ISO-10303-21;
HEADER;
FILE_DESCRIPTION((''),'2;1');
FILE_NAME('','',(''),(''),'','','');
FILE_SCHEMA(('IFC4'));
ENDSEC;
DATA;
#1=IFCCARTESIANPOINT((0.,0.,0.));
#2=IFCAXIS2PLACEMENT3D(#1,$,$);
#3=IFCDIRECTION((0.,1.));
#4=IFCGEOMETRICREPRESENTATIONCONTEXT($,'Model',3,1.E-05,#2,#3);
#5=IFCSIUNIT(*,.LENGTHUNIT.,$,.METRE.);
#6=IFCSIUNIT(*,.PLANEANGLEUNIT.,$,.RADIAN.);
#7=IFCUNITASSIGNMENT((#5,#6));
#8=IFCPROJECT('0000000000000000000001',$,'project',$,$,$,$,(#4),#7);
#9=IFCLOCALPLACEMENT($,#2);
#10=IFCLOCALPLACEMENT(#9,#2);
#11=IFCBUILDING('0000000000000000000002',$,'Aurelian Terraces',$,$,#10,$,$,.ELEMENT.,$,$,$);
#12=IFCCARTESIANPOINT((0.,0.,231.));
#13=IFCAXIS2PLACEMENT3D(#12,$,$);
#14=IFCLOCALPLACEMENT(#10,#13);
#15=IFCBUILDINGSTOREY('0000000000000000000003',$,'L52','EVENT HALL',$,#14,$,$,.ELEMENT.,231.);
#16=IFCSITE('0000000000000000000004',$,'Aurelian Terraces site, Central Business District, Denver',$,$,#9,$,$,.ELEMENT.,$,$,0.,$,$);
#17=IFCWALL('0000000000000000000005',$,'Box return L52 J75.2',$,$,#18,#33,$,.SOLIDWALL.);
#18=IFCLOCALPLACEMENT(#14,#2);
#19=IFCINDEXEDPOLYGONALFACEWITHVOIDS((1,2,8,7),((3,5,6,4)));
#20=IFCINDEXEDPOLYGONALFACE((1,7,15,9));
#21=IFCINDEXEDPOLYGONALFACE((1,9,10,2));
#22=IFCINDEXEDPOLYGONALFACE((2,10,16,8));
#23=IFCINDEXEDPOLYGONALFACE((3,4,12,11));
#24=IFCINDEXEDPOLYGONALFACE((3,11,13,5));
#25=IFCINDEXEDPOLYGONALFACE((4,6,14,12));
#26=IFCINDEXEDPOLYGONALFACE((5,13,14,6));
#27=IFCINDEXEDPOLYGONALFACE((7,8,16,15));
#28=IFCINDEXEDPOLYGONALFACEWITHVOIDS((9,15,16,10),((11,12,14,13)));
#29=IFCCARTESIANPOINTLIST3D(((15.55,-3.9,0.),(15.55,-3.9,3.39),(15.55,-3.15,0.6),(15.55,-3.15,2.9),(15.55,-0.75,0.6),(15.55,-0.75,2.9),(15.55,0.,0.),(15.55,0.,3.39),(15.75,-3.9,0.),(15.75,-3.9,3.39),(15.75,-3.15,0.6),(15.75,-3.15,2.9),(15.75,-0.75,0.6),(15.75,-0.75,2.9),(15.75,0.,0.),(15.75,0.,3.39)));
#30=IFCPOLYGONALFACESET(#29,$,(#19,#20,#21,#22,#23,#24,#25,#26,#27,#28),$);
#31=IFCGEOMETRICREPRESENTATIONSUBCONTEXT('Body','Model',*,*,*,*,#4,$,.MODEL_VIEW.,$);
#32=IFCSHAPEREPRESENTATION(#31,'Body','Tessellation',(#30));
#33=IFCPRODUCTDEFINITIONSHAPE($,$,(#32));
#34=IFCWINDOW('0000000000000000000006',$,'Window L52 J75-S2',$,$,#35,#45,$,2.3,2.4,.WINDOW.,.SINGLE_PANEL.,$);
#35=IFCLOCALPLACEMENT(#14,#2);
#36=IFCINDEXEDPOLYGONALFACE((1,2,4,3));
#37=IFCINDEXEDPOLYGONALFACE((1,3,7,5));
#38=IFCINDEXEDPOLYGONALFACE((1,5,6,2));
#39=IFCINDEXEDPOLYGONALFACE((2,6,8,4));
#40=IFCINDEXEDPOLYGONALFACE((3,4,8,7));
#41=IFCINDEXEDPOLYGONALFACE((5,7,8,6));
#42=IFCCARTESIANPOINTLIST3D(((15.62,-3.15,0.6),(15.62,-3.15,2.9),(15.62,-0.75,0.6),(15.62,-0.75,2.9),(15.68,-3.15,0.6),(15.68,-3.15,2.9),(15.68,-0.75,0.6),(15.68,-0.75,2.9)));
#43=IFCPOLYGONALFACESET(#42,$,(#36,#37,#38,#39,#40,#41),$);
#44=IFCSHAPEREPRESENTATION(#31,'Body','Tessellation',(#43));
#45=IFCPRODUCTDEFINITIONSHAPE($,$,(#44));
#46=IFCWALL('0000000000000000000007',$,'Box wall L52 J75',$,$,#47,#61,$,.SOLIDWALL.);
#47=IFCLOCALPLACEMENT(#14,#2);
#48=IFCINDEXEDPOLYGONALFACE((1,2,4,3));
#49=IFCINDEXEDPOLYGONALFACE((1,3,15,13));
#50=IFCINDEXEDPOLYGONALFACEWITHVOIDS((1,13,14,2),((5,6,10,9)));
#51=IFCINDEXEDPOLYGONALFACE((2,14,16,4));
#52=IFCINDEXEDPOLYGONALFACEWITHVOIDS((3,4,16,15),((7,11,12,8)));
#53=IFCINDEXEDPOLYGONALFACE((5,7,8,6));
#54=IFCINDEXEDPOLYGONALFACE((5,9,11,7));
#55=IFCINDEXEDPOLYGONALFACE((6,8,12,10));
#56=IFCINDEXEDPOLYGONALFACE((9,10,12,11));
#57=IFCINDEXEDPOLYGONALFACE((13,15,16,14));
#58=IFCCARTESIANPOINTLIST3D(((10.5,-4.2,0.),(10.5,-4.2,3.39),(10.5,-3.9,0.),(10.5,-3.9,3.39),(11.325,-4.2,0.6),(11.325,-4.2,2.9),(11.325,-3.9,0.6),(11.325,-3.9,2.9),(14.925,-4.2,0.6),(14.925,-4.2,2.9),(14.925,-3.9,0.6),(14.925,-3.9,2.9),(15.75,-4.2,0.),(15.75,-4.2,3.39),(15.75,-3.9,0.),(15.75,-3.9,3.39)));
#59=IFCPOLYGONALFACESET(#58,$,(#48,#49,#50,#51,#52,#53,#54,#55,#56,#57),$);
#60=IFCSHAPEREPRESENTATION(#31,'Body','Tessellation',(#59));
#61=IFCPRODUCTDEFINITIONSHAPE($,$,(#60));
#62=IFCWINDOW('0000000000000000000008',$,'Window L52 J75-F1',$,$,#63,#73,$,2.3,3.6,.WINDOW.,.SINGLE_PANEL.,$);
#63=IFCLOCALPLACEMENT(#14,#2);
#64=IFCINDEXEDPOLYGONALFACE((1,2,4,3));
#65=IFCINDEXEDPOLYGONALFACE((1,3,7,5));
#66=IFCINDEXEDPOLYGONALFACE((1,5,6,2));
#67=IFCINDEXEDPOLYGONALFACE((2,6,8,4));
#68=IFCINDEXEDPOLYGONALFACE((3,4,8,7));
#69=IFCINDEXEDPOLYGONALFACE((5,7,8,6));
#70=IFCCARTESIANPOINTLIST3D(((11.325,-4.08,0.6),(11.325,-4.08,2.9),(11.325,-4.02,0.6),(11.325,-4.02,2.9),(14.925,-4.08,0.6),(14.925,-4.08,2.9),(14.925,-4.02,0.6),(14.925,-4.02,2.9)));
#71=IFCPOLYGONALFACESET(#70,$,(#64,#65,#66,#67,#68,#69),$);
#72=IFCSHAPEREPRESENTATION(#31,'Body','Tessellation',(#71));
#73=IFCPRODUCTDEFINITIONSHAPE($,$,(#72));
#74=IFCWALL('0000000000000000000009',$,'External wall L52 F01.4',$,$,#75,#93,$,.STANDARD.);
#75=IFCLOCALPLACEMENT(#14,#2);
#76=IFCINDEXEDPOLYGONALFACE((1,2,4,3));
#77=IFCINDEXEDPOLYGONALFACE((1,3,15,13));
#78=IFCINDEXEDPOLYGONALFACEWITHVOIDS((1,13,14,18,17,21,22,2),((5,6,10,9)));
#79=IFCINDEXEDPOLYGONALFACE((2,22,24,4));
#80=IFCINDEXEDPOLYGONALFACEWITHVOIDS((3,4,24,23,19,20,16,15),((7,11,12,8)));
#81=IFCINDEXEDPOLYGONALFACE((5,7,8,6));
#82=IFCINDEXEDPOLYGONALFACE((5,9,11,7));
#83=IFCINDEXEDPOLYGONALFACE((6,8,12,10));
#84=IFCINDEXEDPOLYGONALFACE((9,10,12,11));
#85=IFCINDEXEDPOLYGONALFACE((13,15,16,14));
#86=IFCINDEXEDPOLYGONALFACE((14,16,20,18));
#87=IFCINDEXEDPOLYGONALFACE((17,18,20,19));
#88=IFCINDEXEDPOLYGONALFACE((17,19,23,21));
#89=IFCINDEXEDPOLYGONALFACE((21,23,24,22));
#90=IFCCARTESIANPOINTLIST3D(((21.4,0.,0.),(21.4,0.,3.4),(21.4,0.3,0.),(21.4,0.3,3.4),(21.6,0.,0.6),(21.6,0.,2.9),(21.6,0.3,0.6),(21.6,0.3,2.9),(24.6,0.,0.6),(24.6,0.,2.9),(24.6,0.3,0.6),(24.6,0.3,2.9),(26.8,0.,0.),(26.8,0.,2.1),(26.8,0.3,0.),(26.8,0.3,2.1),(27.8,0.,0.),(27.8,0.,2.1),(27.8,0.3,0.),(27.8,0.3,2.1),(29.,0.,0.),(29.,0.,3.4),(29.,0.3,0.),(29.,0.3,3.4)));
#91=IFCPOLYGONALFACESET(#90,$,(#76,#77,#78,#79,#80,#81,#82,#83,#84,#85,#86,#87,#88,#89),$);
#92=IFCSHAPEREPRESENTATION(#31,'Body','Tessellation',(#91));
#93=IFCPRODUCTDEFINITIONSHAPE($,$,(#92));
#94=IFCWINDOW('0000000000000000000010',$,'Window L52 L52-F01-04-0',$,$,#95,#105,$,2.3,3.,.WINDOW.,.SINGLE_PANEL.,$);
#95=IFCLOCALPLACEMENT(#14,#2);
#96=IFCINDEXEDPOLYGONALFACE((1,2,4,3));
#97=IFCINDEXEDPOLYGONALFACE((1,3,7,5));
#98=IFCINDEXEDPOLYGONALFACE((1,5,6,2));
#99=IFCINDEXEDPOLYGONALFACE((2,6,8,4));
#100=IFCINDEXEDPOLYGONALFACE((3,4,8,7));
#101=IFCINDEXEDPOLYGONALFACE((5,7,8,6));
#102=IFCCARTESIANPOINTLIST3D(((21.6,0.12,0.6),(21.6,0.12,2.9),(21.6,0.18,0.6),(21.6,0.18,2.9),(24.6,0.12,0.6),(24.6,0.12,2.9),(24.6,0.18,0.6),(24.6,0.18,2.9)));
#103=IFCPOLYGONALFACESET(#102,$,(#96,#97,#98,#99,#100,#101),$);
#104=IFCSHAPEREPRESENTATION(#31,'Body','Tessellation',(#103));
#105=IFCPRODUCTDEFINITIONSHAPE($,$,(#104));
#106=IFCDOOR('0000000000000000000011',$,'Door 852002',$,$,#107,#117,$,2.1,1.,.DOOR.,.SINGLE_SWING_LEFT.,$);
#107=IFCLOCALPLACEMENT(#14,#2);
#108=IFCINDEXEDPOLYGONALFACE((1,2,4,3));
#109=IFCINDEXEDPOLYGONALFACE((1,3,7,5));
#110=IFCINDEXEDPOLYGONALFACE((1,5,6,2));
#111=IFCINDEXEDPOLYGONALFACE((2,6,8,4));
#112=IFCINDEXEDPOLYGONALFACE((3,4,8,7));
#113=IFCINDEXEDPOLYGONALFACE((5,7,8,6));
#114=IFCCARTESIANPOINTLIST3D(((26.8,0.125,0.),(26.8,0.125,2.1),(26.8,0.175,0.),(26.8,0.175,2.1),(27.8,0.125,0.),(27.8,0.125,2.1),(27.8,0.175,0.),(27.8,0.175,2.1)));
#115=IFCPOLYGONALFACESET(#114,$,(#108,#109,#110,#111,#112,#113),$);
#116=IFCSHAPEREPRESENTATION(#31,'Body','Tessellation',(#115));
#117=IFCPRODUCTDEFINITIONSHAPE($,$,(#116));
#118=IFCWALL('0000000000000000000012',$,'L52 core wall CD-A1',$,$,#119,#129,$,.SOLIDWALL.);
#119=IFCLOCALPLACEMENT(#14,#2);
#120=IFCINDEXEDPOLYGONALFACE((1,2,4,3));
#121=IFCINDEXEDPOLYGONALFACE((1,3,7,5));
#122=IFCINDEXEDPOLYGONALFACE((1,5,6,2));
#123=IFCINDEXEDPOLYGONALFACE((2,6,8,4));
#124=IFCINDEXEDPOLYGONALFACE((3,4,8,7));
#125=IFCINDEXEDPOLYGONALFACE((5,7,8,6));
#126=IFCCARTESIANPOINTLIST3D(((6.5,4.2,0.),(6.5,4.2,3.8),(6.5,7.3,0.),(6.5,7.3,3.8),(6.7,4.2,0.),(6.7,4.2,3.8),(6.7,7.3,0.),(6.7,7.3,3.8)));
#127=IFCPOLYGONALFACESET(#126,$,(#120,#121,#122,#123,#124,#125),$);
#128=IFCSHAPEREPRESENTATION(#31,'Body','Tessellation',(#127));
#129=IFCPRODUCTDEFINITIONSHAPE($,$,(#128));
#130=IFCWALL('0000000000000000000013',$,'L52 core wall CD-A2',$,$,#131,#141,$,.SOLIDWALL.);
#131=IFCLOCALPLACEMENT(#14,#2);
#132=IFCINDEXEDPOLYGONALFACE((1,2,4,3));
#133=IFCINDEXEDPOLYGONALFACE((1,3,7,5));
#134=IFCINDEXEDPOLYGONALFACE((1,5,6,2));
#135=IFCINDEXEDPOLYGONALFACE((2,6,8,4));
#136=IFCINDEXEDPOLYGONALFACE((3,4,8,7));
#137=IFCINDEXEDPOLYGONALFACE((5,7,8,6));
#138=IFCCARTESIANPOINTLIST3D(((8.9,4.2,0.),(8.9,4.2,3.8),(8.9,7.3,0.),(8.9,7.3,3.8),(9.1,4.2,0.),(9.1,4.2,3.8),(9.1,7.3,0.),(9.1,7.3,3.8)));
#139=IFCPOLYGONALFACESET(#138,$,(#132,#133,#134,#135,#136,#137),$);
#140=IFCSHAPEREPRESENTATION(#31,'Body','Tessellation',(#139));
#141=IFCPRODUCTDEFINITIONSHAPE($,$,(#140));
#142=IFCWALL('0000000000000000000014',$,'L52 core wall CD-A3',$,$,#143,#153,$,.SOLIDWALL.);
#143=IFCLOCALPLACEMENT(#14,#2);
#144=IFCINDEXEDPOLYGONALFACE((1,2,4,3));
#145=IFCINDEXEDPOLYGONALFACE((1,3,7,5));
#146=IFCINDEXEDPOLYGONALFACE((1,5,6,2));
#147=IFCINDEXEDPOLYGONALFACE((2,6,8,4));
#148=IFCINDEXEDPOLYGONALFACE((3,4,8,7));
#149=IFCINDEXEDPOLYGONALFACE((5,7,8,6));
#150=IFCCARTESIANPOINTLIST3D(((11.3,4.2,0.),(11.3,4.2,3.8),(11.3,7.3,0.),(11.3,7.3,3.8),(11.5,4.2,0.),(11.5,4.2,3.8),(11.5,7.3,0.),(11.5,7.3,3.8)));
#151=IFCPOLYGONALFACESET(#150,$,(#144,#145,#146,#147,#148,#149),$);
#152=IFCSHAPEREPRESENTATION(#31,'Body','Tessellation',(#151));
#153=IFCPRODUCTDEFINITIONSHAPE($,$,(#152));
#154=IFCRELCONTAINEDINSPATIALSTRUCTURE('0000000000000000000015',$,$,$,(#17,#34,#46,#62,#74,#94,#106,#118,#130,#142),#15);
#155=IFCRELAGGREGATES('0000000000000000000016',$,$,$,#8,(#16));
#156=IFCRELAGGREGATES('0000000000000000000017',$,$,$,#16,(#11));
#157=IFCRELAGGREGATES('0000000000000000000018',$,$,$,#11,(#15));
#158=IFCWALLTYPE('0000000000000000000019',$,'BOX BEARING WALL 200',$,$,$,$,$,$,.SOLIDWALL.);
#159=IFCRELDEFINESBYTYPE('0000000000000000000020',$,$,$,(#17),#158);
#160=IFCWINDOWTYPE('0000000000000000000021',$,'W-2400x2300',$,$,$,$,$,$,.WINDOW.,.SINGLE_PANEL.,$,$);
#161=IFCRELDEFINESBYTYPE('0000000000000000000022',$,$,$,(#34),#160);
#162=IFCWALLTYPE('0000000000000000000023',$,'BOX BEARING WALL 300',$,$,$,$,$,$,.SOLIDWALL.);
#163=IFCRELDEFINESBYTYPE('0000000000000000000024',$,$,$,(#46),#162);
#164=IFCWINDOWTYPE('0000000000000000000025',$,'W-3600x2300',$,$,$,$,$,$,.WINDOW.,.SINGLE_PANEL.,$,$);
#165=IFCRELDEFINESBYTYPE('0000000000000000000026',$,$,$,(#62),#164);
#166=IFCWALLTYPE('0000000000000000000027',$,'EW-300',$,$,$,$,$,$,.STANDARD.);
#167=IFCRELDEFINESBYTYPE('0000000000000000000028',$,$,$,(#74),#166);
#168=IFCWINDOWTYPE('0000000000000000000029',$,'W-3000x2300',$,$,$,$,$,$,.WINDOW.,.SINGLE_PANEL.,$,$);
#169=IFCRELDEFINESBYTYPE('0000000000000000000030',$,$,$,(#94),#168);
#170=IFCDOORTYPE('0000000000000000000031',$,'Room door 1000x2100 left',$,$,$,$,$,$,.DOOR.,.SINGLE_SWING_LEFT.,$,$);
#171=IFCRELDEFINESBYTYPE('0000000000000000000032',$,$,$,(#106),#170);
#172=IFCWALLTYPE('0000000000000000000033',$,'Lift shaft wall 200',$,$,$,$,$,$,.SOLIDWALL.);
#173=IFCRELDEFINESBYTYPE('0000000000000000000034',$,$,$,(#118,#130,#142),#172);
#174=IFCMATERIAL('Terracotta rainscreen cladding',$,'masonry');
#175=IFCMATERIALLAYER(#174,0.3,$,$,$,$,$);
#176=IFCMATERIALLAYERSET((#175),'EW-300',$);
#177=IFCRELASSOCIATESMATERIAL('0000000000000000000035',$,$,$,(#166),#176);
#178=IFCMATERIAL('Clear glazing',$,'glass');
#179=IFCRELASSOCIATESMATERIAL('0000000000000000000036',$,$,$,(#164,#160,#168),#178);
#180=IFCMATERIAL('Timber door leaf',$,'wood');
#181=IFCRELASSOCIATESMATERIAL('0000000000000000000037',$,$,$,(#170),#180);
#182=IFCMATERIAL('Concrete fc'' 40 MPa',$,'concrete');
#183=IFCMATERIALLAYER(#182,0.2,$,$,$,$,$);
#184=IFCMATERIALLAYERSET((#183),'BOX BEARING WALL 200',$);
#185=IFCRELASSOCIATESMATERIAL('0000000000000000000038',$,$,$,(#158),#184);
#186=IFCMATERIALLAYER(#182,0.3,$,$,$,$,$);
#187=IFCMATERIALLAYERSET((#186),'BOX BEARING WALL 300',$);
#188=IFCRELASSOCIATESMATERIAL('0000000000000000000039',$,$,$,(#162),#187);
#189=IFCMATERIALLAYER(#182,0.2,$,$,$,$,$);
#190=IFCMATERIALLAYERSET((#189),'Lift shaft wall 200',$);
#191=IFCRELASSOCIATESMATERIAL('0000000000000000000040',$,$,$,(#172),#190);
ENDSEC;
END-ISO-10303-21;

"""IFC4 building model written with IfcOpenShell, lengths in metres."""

from ifc_helpers import new_model, si_unit, direction, frame, frame_2d, origin, place, context, subcontext, project, spatial, rectangle, extrude, source, transform, mapped, material, layer, layer_set, type_object, element, fill, save


model = new_model("IFC4")

# Units and contexts
model_context = context("Model", 3, precision=1e-05, world=origin(), true_north=direction((0.0, 1.0)))
body_context = subcontext(model_context, "Body", "Model", "MODEL_VIEW")
ifc_project = project(units=[si_unit("LENGTHUNIT", "METRE"), si_unit("PLANEANGLEUNIT", "RADIAN")], contexts=[model_context])

# Site, building, storey
site_placement = place(None, origin())
site = spatial("IfcSite", under=ifc_project, at=site_placement, Name="Aurelian Terraces site, Central Business District, Denver", CompositionType="ELEMENT", RefElevation=0.0)
building_placement = place(site_placement, origin())
building = spatial("IfcBuilding", under=site, at=building_placement, Name="Aurelian Terraces", CompositionType="ELEMENT")
storey_placement = place(building_placement, frame((0.0, 0.0, 231.0)))
storey = spatial("IfcBuildingStorey", under=building, at=storey_placement, Name="L52", Description="EVENT HALL", CompositionType="ELEMENT", Elevation=231.0)

# Shared definitions
ifc_material_1 = material(Name="Terracotta rainscreen cladding", Category="masonry")
ifc_layer_1 = layer(ifc_material_1, 0.3)
ifc_layer_set_1 = layer_set([ifc_layer_1], Name="EW-300")
wall_type_1 = type_object("IfcWallType", Name="EW-300", PredefinedType="STANDARD", material=ifc_layer_set_1)
ifc_material_2 = material(Name="Clear glazing", Category="glass")

# Shared definitions
shared_shape_1 = source(origin(), body_context, "Body", "SweptSolid", [
    extrude(rectangle(XDim=3.6, YDim=2.3, at=frame_2d((1.8, 1.15))), frame((0.0, 0.16, 0.0), z_axis=(0.0, -1.0, 0.0), x_axis=(1.0, 0.0, 0.0)), (0.0, 0.0, 1.0), 0.32),
])
shared_shape_2 = source(origin(), body_context, "Body", "SweptSolid", [
    extrude(rectangle(XDim=1.0, YDim=2.1, at=frame_2d((0.5, 1.05))), frame((0.0, 0.16, 0.0), z_axis=(0.0, -1.0, 0.0), x_axis=(1.0, 0.0, 0.0)), (0.0, 0.0, 1.0), 0.32),
])
window_type_1 = type_object("IfcWindowType", Name="W-3600x2300", PartitioningType="SINGLE_PANEL", PredefinedType="WINDOW", material=ifc_material_2)
shared_shape_3 = source(origin(), body_context, "Body", "SweptSolid", [
    extrude(rectangle(XDim=3.6, YDim=2.3, at=frame_2d((1.8, 1.15))), frame((0.0, 0.03, 0.0), z_axis=(0.0, -1.0, 0.0), x_axis=(1.0, 0.0, 0.0)), (0.0, 0.0, 1.0), 0.06),
])
ifc_material_3 = material(Name="Timber door leaf", Category="wood")
door_type_1 = type_object("IfcDoorType", Name="Room door 1000x2100 left", OperationType="SINGLE_SWING_LEFT", PredefinedType="DOOR", material=ifc_material_3)
shared_shape_4 = source(origin(), body_context, "Body", "SweptSolid", [
    extrude(rectangle(XDim=1.0, YDim=2.1, at=frame_2d((0.5, 1.05))), frame((0.0, 0.025, 0.0), z_axis=(0.0, -1.0, 0.0), x_axis=(1.0, 0.0, 0.0)), (0.0, 0.0, 1.0), 0.05),
])

# Walls, openings, windows
ifc_material_4 = material(Name="Concrete fc' 40 MPa", Category="concrete")
ifc_layer_2 = layer(ifc_material_4, 0.2)
ifc_layer_set_2 = layer_set([ifc_layer_2], Name="BOX BEARING WALL 200")
wall_type_2 = type_object("IfcWallType", Name="BOX BEARING WALL 200", PredefinedType="SOLIDWALL", material=ifc_layer_set_2)
shared_shape_5 = source(origin(), body_context, "Body", "SweptSolid", [
    extrude(rectangle(XDim=3.9, YDim=0.2, at=frame_2d((1.95, 0.0))), origin(), (0.0, 0.0, 1.0), 3.39),
])
shared_shape_6 = source(origin(), body_context, "Body", "SweptSolid", [
    extrude(rectangle(XDim=2.4, YDim=2.3, at=frame_2d((1.2, 1.15))), frame((0.0, 0.11, 0.0), z_axis=(0.0, -1.0, 0.0), x_axis=(1.0, 0.0, 0.0)), (0.0, 0.0, 1.0), 0.22),
])
window_type_2 = type_object("IfcWindowType", Name="W-2400x2300", PartitioningType="SINGLE_PANEL", PredefinedType="WINDOW", material=ifc_material_2)
shared_shape_7 = source(origin(), body_context, "Body", "SweptSolid", [
    extrude(rectangle(XDim=2.4, YDim=2.3, at=frame_2d((1.2, 1.15))), frame((0.0, 0.03, 0.0), z_axis=(0.0, -1.0, 0.0), x_axis=(1.0, 0.0, 0.0)), (0.0, 0.0, 1.0), 0.06),
])
wall_1_placement = place(storey_placement, frame((15.65, 0.0, 0.0), z_axis=(0.0, 0.0, 1.0), x_axis=(0.0, -1.0, 0.0)))
wall_1 = element("IfcWall", 1, at=wall_1_placement, inside=storey, type_object=wall_type_2, Name="Box return L52 J75.2", PredefinedType="SOLIDWALL", context=body_context, shape_type="MappedRepresentation", body=[
    mapped(shared_shape_5, transform((0.0, 0.0, 0.0), scale=1.0)),
])
opening_1_placement = place(wall_1_placement, frame((0.75, 0.0, 0.6)))
opening_1 = element("IfcOpeningElement", 2, at=opening_1_placement, cuts=wall_1, PredefinedType="OPENING", context=body_context, shape_type="MappedRepresentation", body=[
    mapped(shared_shape_6, transform((0.0, 0.0, 0.0), scale=1.0)),
])
window_1_placement = place(opening_1_placement, origin())
window_1 = element("IfcWindow", 3, at=window_1_placement, inside=storey, type_object=window_type_2, Name="Window L52 J75-S2", OverallHeight=2.3, OverallWidth=2.4, PartitioningType="SINGLE_PANEL", PredefinedType="WINDOW", context=body_context, shape_type="MappedRepresentation", body=[
    mapped(shared_shape_7, transform((0.0, 0.0, 0.0), scale=1.0)),
])
fill(opening_1, window_1)
ifc_layer_3 = layer(ifc_material_4, 0.3)
ifc_layer_set_3 = layer_set([ifc_layer_3], Name="BOX BEARING WALL 300")
wall_type_3 = type_object("IfcWallType", Name="BOX BEARING WALL 300", PredefinedType="SOLIDWALL", material=ifc_layer_set_3)
shared_shape_8 = source(origin(), body_context, "Body", "SweptSolid", [
    extrude(rectangle(XDim=5.25, YDim=0.3, at=frame_2d((2.625, 0.0))), origin(), (0.0, 0.0, 1.0), 3.39),
])
wall_2_placement = place(storey_placement, frame((10.5, -4.05, 0.0), z_axis=(0.0, 0.0, 1.0), x_axis=(1.0, 0.0, 0.0)))
wall_2 = element("IfcWall", 4, at=wall_2_placement, inside=storey, type_object=wall_type_3, Name="Box wall L52 J75", PredefinedType="SOLIDWALL", context=body_context, shape_type="MappedRepresentation", body=[
    mapped(shared_shape_8, transform((0.0, 0.0, 0.0), scale=1.0)),
])
opening_2_placement = place(wall_2_placement, frame((0.825, 0.0, 0.6)))
opening_2 = element("IfcOpeningElement", 5, at=opening_2_placement, cuts=wall_2, PredefinedType="OPENING", context=body_context, shape_type="MappedRepresentation", body=[
    mapped(shared_shape_1, transform((0.0, 0.0, 0.0), scale=1.0)),
])
window_2_placement = place(opening_2_placement, origin())
window_2 = element("IfcWindow", 6, at=window_2_placement, inside=storey, type_object=window_type_1, Name="Window L52 J75-F1", OverallHeight=2.3, OverallWidth=3.6, PartitioningType="SINGLE_PANEL", PredefinedType="WINDOW", context=body_context, shape_type="MappedRepresentation", body=[
    mapped(shared_shape_3, transform((0.0, 0.0, 0.0), scale=1.0)),
])
fill(opening_2, window_2)

# Wall, openings, window, door
shared_shape_9 = source(origin(), body_context, "Body", "SweptSolid", [
    extrude(rectangle(XDim=7.6, YDim=0.3, at=frame_2d((3.8, 0.0))), origin(), (0.0, 0.0, 1.0), 3.4),
])
wall_3_placement = place(storey_placement, frame((21.4, 0.15, 0.0), z_axis=(0.0, 0.0, 1.0), x_axis=(1.0, 0.0, 0.0)))
wall_3 = element("IfcWall", 7, at=wall_3_placement, inside=storey, type_object=wall_type_1, Name="External wall L52 F01.4", PredefinedType="STANDARD", context=body_context, shape_type="MappedRepresentation", body=[
    mapped(shared_shape_9, transform((0.0, 0.0, 0.0), scale=1.0)),
])
shared_shape_10 = source(origin(), body_context, "Body", "SweptSolid", [
    extrude(rectangle(XDim=3.0, YDim=2.3, at=frame_2d((1.5, 1.15))), frame((0.0, 0.16, 0.0), z_axis=(0.0, -1.0, 0.0), x_axis=(1.0, 0.0, 0.0)), (0.0, 0.0, 1.0), 0.32),
])
opening_3_placement = place(wall_3_placement, frame((0.2, 0.0, 0.6)))
opening_3 = element("IfcOpeningElement", 8, at=opening_3_placement, cuts=wall_3, PredefinedType="OPENING", context=body_context, shape_type="MappedRepresentation", body=[
    mapped(shared_shape_10, transform((0.0, 0.0, 0.0), scale=1.0)),
])
opening_4_placement = place(wall_3_placement, frame((5.4, 0.0, 0.0)))
opening_4 = element("IfcOpeningElement", 9, at=opening_4_placement, cuts=wall_3, PredefinedType="OPENING", context=body_context, shape_type="MappedRepresentation", body=[
    mapped(shared_shape_2, transform((0.0, 0.0, 0.0), scale=1.0)),
])
window_type_3 = type_object("IfcWindowType", Name="W-3000x2300", PartitioningType="SINGLE_PANEL", PredefinedType="WINDOW", material=ifc_material_2)
shared_shape_11 = source(origin(), body_context, "Body", "SweptSolid", [
    extrude(rectangle(XDim=3.0, YDim=2.3, at=frame_2d((1.5, 1.15))), frame((0.0, 0.03, 0.0), z_axis=(0.0, -1.0, 0.0), x_axis=(1.0, 0.0, 0.0)), (0.0, 0.0, 1.0), 0.06),
])
window_3_placement = place(opening_3_placement, origin())
window_3 = element("IfcWindow", 10, at=window_3_placement, inside=storey, type_object=window_type_3, Name="Window L52 L52-F01-04-0", OverallHeight=2.3, OverallWidth=3.0, PartitioningType="SINGLE_PANEL", PredefinedType="WINDOW", context=body_context, shape_type="MappedRepresentation", body=[
    mapped(shared_shape_11, transform((0.0, 0.0, 0.0), scale=1.0)),
])
fill(opening_3, window_3)
door_1_placement = place(opening_4_placement, origin())
door_1 = element("IfcDoor", 11, at=door_1_placement, inside=storey, type_object=door_type_1, Name="Door 852002", OperationType="SINGLE_SWING_LEFT", OverallHeight=2.1, OverallWidth=1.0, PredefinedType="DOOR", context=body_context, shape_type="MappedRepresentation", body=[
    mapped(shared_shape_4, transform((0.0, 0.0, 0.0), scale=1.0)),
])
fill(opening_4, door_1)

# Walls
ifc_layer_4 = layer(ifc_material_4, 0.2)
ifc_layer_set_4 = layer_set([ifc_layer_4], Name="Lift shaft wall 200")
wall_type_4 = type_object("IfcWallType", Name="Lift shaft wall 200", PredefinedType="SOLIDWALL", material=ifc_layer_set_4)
shared_shape_12 = source(origin(), body_context, "Body", "SweptSolid", [
    extrude(rectangle(XDim=3.1, YDim=0.2, at=frame_2d((1.55, 0.0))), origin(), (0.0, 0.0, 1.0), 3.8),
])
for number, where, z_axis, x_axis, name in (
    (12, (6.6, 4.2, 0.0), (0.0, 0.0, 1.0), (0.0, 1.0, 0.0), "L52 core wall CD-A1"),
    (13, (9.0, 4.2, 0.0), (0.0, 0.0, 1.0), (0.0, 1.0, 0.0), "L52 core wall CD-A2"),
    (14, (11.4, 4.2, 0.0), (0.0, 0.0, 1.0), (0.0, 1.0, 0.0), "L52 core wall CD-A3"),
):
    element("IfcWall", number, at=place(storey_placement, frame(where, z_axis=z_axis, x_axis=x_axis)), inside=storey, type_object=wall_type_4, Name=name, PredefinedType="SOLIDWALL", context=body_context, shape_type="MappedRepresentation", body=[
        mapped(shared_shape_12, transform((0.0, 0.0, 0.0), scale=1.0)),
    ])

save(model, "model.ifc")
